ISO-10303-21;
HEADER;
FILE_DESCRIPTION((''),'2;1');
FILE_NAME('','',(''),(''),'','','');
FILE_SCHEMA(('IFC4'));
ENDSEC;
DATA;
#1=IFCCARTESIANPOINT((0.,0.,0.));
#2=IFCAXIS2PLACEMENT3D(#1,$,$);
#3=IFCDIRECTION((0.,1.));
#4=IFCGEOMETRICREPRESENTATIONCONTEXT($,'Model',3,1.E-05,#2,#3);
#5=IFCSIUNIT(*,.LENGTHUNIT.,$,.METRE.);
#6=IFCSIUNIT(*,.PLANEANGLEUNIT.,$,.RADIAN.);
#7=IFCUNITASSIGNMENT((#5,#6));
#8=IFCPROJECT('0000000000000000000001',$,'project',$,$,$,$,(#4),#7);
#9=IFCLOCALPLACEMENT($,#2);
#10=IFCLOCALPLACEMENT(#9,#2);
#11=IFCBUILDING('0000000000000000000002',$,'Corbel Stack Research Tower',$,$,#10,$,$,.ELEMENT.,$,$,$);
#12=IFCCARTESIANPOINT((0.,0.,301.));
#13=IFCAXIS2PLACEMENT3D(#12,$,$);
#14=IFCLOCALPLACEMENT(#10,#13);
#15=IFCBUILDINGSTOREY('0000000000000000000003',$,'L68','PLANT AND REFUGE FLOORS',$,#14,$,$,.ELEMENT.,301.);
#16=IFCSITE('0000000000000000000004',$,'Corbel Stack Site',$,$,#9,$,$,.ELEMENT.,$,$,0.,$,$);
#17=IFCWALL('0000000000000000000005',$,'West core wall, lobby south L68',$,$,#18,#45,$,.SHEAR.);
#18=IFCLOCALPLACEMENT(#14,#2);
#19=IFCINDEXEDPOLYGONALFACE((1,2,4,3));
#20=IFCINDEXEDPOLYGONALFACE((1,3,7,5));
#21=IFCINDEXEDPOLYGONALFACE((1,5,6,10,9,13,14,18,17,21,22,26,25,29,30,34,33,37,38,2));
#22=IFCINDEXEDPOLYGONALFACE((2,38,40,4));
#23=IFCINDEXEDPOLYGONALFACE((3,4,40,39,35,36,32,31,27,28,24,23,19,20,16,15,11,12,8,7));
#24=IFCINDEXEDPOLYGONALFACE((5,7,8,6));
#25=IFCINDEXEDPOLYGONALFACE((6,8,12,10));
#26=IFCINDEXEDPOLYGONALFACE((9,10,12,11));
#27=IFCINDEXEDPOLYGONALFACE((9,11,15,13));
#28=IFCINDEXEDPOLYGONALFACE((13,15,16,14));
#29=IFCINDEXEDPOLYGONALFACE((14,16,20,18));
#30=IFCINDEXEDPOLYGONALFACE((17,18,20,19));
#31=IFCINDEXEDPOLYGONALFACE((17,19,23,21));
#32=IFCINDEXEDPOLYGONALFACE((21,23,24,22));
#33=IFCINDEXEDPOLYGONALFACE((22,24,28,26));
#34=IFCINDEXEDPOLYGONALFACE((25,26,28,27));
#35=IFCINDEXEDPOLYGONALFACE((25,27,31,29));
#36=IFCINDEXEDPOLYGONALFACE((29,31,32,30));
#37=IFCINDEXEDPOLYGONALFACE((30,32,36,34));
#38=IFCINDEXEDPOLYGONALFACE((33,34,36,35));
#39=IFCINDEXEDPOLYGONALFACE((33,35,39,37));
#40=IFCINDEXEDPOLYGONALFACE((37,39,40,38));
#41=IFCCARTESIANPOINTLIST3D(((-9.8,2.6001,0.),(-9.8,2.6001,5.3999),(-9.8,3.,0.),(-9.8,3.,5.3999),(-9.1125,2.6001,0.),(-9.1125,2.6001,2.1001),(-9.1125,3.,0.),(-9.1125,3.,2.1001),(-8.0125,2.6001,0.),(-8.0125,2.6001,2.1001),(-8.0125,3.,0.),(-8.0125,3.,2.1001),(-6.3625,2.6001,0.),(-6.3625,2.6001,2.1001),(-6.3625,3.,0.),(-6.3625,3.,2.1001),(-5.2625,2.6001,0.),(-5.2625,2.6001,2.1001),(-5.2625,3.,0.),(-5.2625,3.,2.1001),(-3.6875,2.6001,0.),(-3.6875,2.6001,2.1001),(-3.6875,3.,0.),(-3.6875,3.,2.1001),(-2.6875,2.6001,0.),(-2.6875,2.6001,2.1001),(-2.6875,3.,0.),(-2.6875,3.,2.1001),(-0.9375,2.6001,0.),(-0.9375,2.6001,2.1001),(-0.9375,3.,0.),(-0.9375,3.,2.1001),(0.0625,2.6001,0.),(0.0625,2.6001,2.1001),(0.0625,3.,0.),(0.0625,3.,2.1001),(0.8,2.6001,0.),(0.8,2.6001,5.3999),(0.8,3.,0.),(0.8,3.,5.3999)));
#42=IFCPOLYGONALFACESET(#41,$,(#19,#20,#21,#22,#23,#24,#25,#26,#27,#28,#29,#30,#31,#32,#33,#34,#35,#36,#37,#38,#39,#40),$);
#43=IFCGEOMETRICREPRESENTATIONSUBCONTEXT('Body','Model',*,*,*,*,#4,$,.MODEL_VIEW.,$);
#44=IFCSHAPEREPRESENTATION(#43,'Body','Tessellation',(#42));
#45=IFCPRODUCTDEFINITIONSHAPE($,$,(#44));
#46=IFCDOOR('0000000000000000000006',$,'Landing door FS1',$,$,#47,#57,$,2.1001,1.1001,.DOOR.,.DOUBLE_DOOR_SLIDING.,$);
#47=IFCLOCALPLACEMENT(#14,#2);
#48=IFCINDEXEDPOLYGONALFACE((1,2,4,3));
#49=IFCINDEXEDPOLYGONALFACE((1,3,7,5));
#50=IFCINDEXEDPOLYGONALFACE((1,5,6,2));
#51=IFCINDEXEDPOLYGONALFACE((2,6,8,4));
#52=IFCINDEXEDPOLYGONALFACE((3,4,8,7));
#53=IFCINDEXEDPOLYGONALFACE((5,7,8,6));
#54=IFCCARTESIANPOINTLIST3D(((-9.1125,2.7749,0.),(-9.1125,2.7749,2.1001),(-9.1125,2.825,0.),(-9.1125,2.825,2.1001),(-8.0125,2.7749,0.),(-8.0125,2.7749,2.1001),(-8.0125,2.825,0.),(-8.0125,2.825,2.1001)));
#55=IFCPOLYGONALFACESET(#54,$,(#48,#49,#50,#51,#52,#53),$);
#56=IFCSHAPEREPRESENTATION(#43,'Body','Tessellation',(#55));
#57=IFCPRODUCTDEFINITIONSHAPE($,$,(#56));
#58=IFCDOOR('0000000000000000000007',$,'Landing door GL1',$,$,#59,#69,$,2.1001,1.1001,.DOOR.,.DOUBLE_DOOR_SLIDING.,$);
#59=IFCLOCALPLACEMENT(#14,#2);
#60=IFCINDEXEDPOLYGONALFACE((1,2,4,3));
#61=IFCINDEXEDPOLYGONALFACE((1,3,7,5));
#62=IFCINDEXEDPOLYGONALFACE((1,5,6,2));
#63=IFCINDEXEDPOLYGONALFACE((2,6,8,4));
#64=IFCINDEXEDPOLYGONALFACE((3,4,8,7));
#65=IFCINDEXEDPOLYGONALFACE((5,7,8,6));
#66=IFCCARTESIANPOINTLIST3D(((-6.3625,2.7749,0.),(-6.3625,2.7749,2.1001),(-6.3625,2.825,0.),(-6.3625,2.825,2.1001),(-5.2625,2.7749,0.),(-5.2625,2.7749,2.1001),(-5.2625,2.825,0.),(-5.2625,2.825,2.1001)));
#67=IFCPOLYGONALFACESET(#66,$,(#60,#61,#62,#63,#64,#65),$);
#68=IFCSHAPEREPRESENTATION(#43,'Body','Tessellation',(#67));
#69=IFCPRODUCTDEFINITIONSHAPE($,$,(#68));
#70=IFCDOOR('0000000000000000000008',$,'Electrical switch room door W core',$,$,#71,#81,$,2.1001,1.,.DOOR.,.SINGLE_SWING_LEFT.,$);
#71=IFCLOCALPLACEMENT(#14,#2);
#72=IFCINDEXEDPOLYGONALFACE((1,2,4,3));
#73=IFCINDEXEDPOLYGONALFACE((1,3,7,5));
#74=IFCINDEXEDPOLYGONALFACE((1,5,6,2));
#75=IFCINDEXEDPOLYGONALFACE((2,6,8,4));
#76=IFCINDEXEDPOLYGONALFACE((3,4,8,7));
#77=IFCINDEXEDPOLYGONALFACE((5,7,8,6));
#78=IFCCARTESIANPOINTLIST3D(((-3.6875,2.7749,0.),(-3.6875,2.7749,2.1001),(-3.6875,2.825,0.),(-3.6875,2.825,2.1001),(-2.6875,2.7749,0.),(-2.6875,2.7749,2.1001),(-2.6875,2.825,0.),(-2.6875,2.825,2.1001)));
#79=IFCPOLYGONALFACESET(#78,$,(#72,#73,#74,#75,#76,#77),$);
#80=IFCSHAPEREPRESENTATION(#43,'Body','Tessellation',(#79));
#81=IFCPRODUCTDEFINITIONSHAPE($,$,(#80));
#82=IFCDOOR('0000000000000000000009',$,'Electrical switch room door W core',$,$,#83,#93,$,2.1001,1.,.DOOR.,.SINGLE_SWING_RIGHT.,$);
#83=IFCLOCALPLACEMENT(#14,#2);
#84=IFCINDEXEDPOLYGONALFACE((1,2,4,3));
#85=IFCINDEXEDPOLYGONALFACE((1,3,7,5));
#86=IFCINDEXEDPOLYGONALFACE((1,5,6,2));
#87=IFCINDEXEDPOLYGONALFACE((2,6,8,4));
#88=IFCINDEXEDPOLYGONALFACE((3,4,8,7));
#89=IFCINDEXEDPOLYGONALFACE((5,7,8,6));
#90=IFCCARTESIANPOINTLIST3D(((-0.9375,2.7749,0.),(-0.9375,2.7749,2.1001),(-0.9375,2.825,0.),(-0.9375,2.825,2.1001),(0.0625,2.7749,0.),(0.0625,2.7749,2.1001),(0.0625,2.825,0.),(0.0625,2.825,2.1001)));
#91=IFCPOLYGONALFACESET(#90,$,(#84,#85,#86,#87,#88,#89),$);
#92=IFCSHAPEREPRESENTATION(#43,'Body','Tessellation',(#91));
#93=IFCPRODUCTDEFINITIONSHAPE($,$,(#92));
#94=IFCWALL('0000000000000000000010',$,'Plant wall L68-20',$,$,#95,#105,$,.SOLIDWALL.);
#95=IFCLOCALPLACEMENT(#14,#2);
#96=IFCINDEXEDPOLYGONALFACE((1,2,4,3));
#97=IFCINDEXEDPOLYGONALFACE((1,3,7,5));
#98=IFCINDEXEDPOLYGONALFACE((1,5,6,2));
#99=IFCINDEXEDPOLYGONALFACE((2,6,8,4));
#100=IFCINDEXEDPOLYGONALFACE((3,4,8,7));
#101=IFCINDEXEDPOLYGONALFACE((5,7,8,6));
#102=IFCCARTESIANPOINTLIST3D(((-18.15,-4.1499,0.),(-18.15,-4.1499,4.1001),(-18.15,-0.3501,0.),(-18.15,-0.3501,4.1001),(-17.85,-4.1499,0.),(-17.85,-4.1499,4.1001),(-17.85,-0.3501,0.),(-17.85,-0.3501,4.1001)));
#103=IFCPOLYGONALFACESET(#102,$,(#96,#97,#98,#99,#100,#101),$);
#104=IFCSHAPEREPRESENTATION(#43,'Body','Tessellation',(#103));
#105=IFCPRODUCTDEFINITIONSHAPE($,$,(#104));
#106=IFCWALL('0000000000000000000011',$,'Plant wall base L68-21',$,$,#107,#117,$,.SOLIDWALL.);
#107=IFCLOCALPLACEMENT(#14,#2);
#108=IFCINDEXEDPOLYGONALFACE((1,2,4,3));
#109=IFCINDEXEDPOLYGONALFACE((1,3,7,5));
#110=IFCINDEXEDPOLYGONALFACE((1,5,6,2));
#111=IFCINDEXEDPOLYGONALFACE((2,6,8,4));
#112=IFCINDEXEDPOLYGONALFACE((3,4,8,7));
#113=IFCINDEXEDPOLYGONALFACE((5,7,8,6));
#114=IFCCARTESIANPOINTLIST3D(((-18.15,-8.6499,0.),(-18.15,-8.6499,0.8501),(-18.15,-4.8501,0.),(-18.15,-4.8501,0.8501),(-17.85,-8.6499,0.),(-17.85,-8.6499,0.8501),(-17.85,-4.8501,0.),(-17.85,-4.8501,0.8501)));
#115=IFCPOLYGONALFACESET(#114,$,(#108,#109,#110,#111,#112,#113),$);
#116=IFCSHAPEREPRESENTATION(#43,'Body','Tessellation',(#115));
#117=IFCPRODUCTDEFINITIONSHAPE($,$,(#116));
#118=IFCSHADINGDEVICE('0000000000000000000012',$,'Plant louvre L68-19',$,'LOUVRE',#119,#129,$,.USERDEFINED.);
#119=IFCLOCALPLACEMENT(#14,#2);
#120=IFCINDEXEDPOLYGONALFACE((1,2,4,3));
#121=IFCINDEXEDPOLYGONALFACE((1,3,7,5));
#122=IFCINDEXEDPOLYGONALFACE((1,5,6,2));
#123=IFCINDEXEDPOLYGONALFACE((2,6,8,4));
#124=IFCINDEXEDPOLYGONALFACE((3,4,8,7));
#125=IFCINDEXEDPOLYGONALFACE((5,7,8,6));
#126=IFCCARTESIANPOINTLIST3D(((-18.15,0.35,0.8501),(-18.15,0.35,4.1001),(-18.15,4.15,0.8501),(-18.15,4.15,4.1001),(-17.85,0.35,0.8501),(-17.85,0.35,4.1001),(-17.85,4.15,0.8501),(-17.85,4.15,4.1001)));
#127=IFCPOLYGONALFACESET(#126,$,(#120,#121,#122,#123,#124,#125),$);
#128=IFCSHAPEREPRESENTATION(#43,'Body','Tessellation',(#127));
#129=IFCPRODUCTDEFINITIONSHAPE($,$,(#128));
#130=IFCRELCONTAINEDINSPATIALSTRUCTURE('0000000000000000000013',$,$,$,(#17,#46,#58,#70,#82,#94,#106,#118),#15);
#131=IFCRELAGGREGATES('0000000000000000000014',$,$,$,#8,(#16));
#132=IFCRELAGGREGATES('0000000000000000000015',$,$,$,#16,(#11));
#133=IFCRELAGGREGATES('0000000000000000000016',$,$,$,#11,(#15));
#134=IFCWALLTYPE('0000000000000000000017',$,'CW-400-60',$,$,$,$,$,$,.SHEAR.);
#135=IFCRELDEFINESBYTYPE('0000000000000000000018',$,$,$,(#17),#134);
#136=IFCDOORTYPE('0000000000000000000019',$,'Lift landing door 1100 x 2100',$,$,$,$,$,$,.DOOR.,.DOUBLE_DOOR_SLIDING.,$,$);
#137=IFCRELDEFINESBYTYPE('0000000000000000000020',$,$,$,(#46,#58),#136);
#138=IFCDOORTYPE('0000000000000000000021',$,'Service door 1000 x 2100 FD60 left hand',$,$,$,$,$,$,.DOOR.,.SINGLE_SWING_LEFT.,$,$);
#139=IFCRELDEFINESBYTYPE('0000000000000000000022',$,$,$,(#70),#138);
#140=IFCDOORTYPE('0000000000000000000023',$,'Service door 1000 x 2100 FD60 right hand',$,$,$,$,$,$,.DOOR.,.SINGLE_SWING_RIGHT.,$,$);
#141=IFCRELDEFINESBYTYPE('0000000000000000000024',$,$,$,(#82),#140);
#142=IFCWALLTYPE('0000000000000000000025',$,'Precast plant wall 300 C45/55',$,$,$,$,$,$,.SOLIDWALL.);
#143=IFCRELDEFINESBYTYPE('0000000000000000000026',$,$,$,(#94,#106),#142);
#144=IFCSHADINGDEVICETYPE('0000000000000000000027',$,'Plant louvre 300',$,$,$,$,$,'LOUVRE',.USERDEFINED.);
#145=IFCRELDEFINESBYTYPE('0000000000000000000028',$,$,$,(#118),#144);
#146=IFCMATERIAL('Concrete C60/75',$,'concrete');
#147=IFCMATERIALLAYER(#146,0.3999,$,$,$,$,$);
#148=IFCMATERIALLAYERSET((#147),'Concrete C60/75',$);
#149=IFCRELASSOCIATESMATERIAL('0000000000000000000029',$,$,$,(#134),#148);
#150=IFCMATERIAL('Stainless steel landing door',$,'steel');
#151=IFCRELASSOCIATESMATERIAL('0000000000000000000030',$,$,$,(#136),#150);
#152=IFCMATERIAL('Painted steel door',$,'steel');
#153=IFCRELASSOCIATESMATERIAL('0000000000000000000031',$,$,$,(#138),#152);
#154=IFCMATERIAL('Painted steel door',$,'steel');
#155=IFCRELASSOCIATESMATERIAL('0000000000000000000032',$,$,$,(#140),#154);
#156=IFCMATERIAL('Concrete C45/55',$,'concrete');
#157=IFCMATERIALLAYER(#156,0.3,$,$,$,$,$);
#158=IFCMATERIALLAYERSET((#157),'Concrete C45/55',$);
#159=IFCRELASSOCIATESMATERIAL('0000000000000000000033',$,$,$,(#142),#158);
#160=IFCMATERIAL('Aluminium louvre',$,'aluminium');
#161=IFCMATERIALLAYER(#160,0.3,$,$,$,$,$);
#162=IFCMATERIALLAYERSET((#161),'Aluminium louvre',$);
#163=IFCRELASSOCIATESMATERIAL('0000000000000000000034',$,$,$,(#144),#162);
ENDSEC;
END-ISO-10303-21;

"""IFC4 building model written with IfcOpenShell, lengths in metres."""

from ifc_helpers import new_model, si_unit, direction, frame, frame_2d, origin, origin_2d, place, context, subcontext, project, spatial, rectangle, extrude, material, layer, layer_set, type_object, element, fill, save


model = new_model("IFC4")

# Units and contexts
model_context = context("Model", 3, precision=1e-05, world=origin(), true_north=direction((0.0, 1.0)))
body_context = subcontext(model_context, "Body", "Model", "MODEL_VIEW")
ifc_project = project(units=[si_unit("LENGTHUNIT", "METRE"), si_unit("PLANEANGLEUNIT", "RADIAN")], contexts=[model_context])

# Site, building, storey
site_placement = place(None, origin())
site = spatial("IfcSite", under=ifc_project, at=site_placement, Name="Corbel Stack Site", CompositionType="ELEMENT", RefElevation=0.0)
building_placement = place(site_placement, origin())
building = spatial("IfcBuilding", under=site, at=building_placement, Name="Corbel Stack Research Tower", CompositionType="ELEMENT")
storey_placement = place(building_placement, frame((0.0, 0.0, 301.0)))
storey = spatial("IfcBuildingStorey", under=building, at=storey_placement, Name="L68", Description="PLANT AND REFUGE FLOORS", CompositionType="ELEMENT", Elevation=301.0)

# Shared definitions
ifc_material_1 = material(Name="Concrete C60/75", Category="concrete")
ifc_layer_1 = layer(ifc_material_1, 0.3999)
ifc_layer_set_1 = layer_set([ifc_layer_1], Name="Concrete C60/75")
wall_type_1 = type_object("IfcWallType", Name="CW-400-60", PredefinedType="SHEAR", material=ifc_layer_set_1)

# Wall, openings, doors
wall_1_placement = place(storey_placement, frame((-9.8, 2.8, 0.0), z_axis=(0.0, 0.0, 1.0), x_axis=(1.0, 0.0, 0.0)))
wall_1 = element("IfcWall", 1, at=wall_1_placement, inside=storey, type_object=wall_type_1, Name="West core wall, lobby south L68", PredefinedType="SHEAR", context=body_context, shape_type="SweptSolid", body=[
    extrude(rectangle(XDim=10.6001, YDim=0.3999, at=frame_2d((5.3, 0.0))), origin(), (0.0, 0.0, 1.0), 5.3999),
])
opening_1_placement = place(wall_1_placement, frame((0.6875, 0.0, 0.0)))
opening_1 = element("IfcOpeningElement", 2, at=opening_1_placement, cuts=wall_1, PredefinedType="OPENING", context=body_context, shape_type="SweptSolid", body=[
    extrude(rectangle(XDim=1.1001, YDim=2.1001, at=frame_2d((0.55, 1.05))), frame((0.0, 0.21, 0.0), z_axis=(0.0, -1.0, 0.0), x_axis=(1.0, 0.0, 0.0)), (0.0, 0.0, 1.0), 0.4199),
])
opening_2_placement = place(wall_1_placement, frame((3.4375, 0.0, 0.0)))
opening_2 = element("IfcOpeningElement", 3, at=opening_2_placement, cuts=wall_1, PredefinedType="OPENING", context=body_context, shape_type="SweptSolid", body=[
    extrude(rectangle(XDim=1.1001, YDim=2.1001, at=frame_2d((0.55, 1.05))), frame((0.0, 0.21, 0.0), z_axis=(0.0, -1.0, 0.0), x_axis=(1.0, 0.0, 0.0)), (0.0, 0.0, 1.0), 0.4199),
])
opening_3_placement = place(wall_1_placement, frame((6.1125, 0.0, 0.0)))
opening_3 = element("IfcOpeningElement", 4, at=opening_3_placement, cuts=wall_1, PredefinedType="OPENING", context=body_context, shape_type="SweptSolid", body=[
    extrude(rectangle(XDim=1.0, YDim=2.1001, at=frame_2d((0.5, 1.05))), frame((0.0, 0.21, 0.0), z_axis=(0.0, -1.0, 0.0), x_axis=(1.0, 0.0, 0.0)), (0.0, 0.0, 1.0), 0.4199),
])
opening_4_placement = place(wall_1_placement, frame((8.8625, 0.0, 0.0)))
opening_4 = element("IfcOpeningElement", 5, at=opening_4_placement, cuts=wall_1, PredefinedType="OPENING", context=body_context, shape_type="SweptSolid", body=[
    extrude(rectangle(XDim=1.0, YDim=2.1001, at=frame_2d((0.5, 1.05))), frame((0.0, 0.21, 0.0), z_axis=(0.0, -1.0, 0.0), x_axis=(1.0, 0.0, 0.0)), (0.0, 0.0, 1.0), 0.4199),
])
ifc_material_2 = material(Name="Stainless steel landing door", Category="steel")
door_type_1 = type_object("IfcDoorType", Name="Lift landing door 1100 x 2100", OperationType="DOUBLE_DOOR_SLIDING", PredefinedType="DOOR", material=ifc_material_2)
door_1_placement = place(opening_1_placement, origin())
door_1 = element("IfcDoor", 6, at=door_1_placement, inside=storey, type_object=door_type_1, Name="Landing door FS1", OperationType="DOUBLE_DOOR_SLIDING", OverallHeight=2.1001, OverallWidth=1.1001, PredefinedType="DOOR", context=body_context, shape_type="SweptSolid", body=[
    extrude(rectangle(XDim=1.1001, YDim=2.1001, at=frame_2d((0.55, 1.05))), frame((0.0, 0.0249, 0.0), z_axis=(0.0, -1.0, 0.0), x_axis=(1.0, 0.0, 0.0)), (0.0, 0.0, 1.0), 0.05),
])
fill(opening_1, door_1)
door_2_placement = place(opening_2_placement, origin())
door_2 = element("IfcDoor", 7, at=door_2_placement, inside=storey, type_object=door_type_1, Name="Landing door GL1", OperationType="DOUBLE_DOOR_SLIDING", OverallHeight=2.1001, OverallWidth=1.1001, PredefinedType="DOOR", context=body_context, shape_type="SweptSolid", body=[
    extrude(rectangle(XDim=1.1001, YDim=2.1001, at=frame_2d((0.55, 1.05))), frame((0.0, 0.0249, 0.0), z_axis=(0.0, -1.0, 0.0), x_axis=(1.0, 0.0, 0.0)), (0.0, 0.0, 1.0), 0.05),
])
fill(opening_2, door_2)
ifc_material_3 = material(Name="Painted steel door", Category="steel")
door_type_2 = type_object("IfcDoorType", Name="Service door 1000 x 2100 FD60 left hand", OperationType="SINGLE_SWING_LEFT", PredefinedType="DOOR", material=ifc_material_3)
door_3_placement = place(opening_3_placement, origin())
door_3 = element("IfcDoor", 8, at=door_3_placement, inside=storey, type_object=door_type_2, Name="Electrical switch room door W core", OperationType="SINGLE_SWING_LEFT", OverallHeight=2.1001, OverallWidth=1.0, PredefinedType="DOOR", context=body_context, shape_type="SweptSolid", body=[
    extrude(rectangle(XDim=1.0, YDim=2.1001, at=frame_2d((0.5, 1.05))), frame((0.0, 0.0249, 0.0), z_axis=(0.0, -1.0, 0.0), x_axis=(1.0, 0.0, 0.0)), (0.0, 0.0, 1.0), 0.05),
])
fill(opening_3, door_3)
ifc_material_4 = material(Name="Painted steel door", Category="steel")
door_type_3 = type_object("IfcDoorType", Name="Service door 1000 x 2100 FD60 right hand", OperationType="SINGLE_SWING_RIGHT", PredefinedType="DOOR", material=ifc_material_4)
door_4_placement = place(opening_4_placement, origin())
door_4 = element("IfcDoor", 9, at=door_4_placement, inside=storey, type_object=door_type_3, Name="Electrical switch room door W core", OperationType="SINGLE_SWING_RIGHT", OverallHeight=2.1001, OverallWidth=1.0, PredefinedType="DOOR", context=body_context, shape_type="SweptSolid", body=[
    extrude(rectangle(XDim=1.0, YDim=2.1001, at=frame_2d((0.5, 1.05))), frame((0.0, 0.0249, 0.0), z_axis=(0.0, -1.0, 0.0), x_axis=(1.0, 0.0, 0.0)), (0.0, 0.0, 1.0), 0.05),
])
fill(opening_4, door_4)

# Walls
ifc_material_5 = material(Name="Concrete C45/55", Category="concrete")
ifc_layer_2 = layer(ifc_material_5, 0.3)
ifc_layer_set_2 = layer_set([ifc_layer_2], Name="Concrete C45/55")
wall_type_2 = type_object("IfcWallType", Name="Precast plant wall 300 C45/55", PredefinedType="SOLIDWALL", material=ifc_layer_set_2)
wall_2_placement = place(storey_placement, frame((-18.0, -0.3501, 0.0), z_axis=(0.0, 0.0, 1.0), x_axis=(0.0, -1.0, 0.0)))
element("IfcWall", 10, at=wall_2_placement, inside=storey, type_object=wall_type_2, Name="Plant wall L68-20", PredefinedType="SOLIDWALL", context=body_context, shape_type="SweptSolid", body=[
    extrude(rectangle(XDim=3.7998, YDim=0.3, at=frame_2d((1.8999, 0.0))), origin(), (0.0, 0.0, 1.0), 4.1001),
])
wall_3_placement = place(storey_placement, frame((-18.0, -4.8501, 0.0), z_axis=(0.0, 0.0, 1.0), x_axis=(0.0, -1.0, 0.0)))
element("IfcWall", 11, at=wall_3_placement, inside=storey, type_object=wall_type_2, Name="Plant wall base L68-21", PredefinedType="SOLIDWALL", context=body_context, shape_type="SweptSolid", body=[
    extrude(rectangle(XDim=3.7998, YDim=0.3, at=frame_2d((1.8999, 0.0))), origin(), (0.0, 0.0, 1.0), 0.8501),
])

# Shading device
ifc_material_6 = material(Name="Aluminium louvre", Category="aluminium")
ifc_layer_3 = layer(ifc_material_6, 0.3)
ifc_layer_set_3 = layer_set([ifc_layer_3], Name="Aluminium louvre")
shading_device_type = type_object("IfcShadingDeviceType", Name="Plant louvre 300", ElementType="LOUVRE", PredefinedType="USERDEFINED", material=ifc_layer_set_3)
shading_device_placement = place(storey_placement, frame((-18.0, 2.25, 0.8501), z_axis=(0.0, 0.0, 1.0), x_axis=(0.0, -1.0, 0.0)))
element("IfcShadingDevice", 12, at=shading_device_placement, inside=storey, type_object=shading_device_type, Name="Plant louvre L68-19", ObjectType="LOUVRE", PredefinedType="USERDEFINED", context=body_context, shape_type="SweptSolid", body=[
    extrude(rectangle(XDim=3.8, YDim=0.3, at=origin_2d()), origin(), (0.0, 0.0, 1.0), 3.25),
])

save(model, "model.ifc")
